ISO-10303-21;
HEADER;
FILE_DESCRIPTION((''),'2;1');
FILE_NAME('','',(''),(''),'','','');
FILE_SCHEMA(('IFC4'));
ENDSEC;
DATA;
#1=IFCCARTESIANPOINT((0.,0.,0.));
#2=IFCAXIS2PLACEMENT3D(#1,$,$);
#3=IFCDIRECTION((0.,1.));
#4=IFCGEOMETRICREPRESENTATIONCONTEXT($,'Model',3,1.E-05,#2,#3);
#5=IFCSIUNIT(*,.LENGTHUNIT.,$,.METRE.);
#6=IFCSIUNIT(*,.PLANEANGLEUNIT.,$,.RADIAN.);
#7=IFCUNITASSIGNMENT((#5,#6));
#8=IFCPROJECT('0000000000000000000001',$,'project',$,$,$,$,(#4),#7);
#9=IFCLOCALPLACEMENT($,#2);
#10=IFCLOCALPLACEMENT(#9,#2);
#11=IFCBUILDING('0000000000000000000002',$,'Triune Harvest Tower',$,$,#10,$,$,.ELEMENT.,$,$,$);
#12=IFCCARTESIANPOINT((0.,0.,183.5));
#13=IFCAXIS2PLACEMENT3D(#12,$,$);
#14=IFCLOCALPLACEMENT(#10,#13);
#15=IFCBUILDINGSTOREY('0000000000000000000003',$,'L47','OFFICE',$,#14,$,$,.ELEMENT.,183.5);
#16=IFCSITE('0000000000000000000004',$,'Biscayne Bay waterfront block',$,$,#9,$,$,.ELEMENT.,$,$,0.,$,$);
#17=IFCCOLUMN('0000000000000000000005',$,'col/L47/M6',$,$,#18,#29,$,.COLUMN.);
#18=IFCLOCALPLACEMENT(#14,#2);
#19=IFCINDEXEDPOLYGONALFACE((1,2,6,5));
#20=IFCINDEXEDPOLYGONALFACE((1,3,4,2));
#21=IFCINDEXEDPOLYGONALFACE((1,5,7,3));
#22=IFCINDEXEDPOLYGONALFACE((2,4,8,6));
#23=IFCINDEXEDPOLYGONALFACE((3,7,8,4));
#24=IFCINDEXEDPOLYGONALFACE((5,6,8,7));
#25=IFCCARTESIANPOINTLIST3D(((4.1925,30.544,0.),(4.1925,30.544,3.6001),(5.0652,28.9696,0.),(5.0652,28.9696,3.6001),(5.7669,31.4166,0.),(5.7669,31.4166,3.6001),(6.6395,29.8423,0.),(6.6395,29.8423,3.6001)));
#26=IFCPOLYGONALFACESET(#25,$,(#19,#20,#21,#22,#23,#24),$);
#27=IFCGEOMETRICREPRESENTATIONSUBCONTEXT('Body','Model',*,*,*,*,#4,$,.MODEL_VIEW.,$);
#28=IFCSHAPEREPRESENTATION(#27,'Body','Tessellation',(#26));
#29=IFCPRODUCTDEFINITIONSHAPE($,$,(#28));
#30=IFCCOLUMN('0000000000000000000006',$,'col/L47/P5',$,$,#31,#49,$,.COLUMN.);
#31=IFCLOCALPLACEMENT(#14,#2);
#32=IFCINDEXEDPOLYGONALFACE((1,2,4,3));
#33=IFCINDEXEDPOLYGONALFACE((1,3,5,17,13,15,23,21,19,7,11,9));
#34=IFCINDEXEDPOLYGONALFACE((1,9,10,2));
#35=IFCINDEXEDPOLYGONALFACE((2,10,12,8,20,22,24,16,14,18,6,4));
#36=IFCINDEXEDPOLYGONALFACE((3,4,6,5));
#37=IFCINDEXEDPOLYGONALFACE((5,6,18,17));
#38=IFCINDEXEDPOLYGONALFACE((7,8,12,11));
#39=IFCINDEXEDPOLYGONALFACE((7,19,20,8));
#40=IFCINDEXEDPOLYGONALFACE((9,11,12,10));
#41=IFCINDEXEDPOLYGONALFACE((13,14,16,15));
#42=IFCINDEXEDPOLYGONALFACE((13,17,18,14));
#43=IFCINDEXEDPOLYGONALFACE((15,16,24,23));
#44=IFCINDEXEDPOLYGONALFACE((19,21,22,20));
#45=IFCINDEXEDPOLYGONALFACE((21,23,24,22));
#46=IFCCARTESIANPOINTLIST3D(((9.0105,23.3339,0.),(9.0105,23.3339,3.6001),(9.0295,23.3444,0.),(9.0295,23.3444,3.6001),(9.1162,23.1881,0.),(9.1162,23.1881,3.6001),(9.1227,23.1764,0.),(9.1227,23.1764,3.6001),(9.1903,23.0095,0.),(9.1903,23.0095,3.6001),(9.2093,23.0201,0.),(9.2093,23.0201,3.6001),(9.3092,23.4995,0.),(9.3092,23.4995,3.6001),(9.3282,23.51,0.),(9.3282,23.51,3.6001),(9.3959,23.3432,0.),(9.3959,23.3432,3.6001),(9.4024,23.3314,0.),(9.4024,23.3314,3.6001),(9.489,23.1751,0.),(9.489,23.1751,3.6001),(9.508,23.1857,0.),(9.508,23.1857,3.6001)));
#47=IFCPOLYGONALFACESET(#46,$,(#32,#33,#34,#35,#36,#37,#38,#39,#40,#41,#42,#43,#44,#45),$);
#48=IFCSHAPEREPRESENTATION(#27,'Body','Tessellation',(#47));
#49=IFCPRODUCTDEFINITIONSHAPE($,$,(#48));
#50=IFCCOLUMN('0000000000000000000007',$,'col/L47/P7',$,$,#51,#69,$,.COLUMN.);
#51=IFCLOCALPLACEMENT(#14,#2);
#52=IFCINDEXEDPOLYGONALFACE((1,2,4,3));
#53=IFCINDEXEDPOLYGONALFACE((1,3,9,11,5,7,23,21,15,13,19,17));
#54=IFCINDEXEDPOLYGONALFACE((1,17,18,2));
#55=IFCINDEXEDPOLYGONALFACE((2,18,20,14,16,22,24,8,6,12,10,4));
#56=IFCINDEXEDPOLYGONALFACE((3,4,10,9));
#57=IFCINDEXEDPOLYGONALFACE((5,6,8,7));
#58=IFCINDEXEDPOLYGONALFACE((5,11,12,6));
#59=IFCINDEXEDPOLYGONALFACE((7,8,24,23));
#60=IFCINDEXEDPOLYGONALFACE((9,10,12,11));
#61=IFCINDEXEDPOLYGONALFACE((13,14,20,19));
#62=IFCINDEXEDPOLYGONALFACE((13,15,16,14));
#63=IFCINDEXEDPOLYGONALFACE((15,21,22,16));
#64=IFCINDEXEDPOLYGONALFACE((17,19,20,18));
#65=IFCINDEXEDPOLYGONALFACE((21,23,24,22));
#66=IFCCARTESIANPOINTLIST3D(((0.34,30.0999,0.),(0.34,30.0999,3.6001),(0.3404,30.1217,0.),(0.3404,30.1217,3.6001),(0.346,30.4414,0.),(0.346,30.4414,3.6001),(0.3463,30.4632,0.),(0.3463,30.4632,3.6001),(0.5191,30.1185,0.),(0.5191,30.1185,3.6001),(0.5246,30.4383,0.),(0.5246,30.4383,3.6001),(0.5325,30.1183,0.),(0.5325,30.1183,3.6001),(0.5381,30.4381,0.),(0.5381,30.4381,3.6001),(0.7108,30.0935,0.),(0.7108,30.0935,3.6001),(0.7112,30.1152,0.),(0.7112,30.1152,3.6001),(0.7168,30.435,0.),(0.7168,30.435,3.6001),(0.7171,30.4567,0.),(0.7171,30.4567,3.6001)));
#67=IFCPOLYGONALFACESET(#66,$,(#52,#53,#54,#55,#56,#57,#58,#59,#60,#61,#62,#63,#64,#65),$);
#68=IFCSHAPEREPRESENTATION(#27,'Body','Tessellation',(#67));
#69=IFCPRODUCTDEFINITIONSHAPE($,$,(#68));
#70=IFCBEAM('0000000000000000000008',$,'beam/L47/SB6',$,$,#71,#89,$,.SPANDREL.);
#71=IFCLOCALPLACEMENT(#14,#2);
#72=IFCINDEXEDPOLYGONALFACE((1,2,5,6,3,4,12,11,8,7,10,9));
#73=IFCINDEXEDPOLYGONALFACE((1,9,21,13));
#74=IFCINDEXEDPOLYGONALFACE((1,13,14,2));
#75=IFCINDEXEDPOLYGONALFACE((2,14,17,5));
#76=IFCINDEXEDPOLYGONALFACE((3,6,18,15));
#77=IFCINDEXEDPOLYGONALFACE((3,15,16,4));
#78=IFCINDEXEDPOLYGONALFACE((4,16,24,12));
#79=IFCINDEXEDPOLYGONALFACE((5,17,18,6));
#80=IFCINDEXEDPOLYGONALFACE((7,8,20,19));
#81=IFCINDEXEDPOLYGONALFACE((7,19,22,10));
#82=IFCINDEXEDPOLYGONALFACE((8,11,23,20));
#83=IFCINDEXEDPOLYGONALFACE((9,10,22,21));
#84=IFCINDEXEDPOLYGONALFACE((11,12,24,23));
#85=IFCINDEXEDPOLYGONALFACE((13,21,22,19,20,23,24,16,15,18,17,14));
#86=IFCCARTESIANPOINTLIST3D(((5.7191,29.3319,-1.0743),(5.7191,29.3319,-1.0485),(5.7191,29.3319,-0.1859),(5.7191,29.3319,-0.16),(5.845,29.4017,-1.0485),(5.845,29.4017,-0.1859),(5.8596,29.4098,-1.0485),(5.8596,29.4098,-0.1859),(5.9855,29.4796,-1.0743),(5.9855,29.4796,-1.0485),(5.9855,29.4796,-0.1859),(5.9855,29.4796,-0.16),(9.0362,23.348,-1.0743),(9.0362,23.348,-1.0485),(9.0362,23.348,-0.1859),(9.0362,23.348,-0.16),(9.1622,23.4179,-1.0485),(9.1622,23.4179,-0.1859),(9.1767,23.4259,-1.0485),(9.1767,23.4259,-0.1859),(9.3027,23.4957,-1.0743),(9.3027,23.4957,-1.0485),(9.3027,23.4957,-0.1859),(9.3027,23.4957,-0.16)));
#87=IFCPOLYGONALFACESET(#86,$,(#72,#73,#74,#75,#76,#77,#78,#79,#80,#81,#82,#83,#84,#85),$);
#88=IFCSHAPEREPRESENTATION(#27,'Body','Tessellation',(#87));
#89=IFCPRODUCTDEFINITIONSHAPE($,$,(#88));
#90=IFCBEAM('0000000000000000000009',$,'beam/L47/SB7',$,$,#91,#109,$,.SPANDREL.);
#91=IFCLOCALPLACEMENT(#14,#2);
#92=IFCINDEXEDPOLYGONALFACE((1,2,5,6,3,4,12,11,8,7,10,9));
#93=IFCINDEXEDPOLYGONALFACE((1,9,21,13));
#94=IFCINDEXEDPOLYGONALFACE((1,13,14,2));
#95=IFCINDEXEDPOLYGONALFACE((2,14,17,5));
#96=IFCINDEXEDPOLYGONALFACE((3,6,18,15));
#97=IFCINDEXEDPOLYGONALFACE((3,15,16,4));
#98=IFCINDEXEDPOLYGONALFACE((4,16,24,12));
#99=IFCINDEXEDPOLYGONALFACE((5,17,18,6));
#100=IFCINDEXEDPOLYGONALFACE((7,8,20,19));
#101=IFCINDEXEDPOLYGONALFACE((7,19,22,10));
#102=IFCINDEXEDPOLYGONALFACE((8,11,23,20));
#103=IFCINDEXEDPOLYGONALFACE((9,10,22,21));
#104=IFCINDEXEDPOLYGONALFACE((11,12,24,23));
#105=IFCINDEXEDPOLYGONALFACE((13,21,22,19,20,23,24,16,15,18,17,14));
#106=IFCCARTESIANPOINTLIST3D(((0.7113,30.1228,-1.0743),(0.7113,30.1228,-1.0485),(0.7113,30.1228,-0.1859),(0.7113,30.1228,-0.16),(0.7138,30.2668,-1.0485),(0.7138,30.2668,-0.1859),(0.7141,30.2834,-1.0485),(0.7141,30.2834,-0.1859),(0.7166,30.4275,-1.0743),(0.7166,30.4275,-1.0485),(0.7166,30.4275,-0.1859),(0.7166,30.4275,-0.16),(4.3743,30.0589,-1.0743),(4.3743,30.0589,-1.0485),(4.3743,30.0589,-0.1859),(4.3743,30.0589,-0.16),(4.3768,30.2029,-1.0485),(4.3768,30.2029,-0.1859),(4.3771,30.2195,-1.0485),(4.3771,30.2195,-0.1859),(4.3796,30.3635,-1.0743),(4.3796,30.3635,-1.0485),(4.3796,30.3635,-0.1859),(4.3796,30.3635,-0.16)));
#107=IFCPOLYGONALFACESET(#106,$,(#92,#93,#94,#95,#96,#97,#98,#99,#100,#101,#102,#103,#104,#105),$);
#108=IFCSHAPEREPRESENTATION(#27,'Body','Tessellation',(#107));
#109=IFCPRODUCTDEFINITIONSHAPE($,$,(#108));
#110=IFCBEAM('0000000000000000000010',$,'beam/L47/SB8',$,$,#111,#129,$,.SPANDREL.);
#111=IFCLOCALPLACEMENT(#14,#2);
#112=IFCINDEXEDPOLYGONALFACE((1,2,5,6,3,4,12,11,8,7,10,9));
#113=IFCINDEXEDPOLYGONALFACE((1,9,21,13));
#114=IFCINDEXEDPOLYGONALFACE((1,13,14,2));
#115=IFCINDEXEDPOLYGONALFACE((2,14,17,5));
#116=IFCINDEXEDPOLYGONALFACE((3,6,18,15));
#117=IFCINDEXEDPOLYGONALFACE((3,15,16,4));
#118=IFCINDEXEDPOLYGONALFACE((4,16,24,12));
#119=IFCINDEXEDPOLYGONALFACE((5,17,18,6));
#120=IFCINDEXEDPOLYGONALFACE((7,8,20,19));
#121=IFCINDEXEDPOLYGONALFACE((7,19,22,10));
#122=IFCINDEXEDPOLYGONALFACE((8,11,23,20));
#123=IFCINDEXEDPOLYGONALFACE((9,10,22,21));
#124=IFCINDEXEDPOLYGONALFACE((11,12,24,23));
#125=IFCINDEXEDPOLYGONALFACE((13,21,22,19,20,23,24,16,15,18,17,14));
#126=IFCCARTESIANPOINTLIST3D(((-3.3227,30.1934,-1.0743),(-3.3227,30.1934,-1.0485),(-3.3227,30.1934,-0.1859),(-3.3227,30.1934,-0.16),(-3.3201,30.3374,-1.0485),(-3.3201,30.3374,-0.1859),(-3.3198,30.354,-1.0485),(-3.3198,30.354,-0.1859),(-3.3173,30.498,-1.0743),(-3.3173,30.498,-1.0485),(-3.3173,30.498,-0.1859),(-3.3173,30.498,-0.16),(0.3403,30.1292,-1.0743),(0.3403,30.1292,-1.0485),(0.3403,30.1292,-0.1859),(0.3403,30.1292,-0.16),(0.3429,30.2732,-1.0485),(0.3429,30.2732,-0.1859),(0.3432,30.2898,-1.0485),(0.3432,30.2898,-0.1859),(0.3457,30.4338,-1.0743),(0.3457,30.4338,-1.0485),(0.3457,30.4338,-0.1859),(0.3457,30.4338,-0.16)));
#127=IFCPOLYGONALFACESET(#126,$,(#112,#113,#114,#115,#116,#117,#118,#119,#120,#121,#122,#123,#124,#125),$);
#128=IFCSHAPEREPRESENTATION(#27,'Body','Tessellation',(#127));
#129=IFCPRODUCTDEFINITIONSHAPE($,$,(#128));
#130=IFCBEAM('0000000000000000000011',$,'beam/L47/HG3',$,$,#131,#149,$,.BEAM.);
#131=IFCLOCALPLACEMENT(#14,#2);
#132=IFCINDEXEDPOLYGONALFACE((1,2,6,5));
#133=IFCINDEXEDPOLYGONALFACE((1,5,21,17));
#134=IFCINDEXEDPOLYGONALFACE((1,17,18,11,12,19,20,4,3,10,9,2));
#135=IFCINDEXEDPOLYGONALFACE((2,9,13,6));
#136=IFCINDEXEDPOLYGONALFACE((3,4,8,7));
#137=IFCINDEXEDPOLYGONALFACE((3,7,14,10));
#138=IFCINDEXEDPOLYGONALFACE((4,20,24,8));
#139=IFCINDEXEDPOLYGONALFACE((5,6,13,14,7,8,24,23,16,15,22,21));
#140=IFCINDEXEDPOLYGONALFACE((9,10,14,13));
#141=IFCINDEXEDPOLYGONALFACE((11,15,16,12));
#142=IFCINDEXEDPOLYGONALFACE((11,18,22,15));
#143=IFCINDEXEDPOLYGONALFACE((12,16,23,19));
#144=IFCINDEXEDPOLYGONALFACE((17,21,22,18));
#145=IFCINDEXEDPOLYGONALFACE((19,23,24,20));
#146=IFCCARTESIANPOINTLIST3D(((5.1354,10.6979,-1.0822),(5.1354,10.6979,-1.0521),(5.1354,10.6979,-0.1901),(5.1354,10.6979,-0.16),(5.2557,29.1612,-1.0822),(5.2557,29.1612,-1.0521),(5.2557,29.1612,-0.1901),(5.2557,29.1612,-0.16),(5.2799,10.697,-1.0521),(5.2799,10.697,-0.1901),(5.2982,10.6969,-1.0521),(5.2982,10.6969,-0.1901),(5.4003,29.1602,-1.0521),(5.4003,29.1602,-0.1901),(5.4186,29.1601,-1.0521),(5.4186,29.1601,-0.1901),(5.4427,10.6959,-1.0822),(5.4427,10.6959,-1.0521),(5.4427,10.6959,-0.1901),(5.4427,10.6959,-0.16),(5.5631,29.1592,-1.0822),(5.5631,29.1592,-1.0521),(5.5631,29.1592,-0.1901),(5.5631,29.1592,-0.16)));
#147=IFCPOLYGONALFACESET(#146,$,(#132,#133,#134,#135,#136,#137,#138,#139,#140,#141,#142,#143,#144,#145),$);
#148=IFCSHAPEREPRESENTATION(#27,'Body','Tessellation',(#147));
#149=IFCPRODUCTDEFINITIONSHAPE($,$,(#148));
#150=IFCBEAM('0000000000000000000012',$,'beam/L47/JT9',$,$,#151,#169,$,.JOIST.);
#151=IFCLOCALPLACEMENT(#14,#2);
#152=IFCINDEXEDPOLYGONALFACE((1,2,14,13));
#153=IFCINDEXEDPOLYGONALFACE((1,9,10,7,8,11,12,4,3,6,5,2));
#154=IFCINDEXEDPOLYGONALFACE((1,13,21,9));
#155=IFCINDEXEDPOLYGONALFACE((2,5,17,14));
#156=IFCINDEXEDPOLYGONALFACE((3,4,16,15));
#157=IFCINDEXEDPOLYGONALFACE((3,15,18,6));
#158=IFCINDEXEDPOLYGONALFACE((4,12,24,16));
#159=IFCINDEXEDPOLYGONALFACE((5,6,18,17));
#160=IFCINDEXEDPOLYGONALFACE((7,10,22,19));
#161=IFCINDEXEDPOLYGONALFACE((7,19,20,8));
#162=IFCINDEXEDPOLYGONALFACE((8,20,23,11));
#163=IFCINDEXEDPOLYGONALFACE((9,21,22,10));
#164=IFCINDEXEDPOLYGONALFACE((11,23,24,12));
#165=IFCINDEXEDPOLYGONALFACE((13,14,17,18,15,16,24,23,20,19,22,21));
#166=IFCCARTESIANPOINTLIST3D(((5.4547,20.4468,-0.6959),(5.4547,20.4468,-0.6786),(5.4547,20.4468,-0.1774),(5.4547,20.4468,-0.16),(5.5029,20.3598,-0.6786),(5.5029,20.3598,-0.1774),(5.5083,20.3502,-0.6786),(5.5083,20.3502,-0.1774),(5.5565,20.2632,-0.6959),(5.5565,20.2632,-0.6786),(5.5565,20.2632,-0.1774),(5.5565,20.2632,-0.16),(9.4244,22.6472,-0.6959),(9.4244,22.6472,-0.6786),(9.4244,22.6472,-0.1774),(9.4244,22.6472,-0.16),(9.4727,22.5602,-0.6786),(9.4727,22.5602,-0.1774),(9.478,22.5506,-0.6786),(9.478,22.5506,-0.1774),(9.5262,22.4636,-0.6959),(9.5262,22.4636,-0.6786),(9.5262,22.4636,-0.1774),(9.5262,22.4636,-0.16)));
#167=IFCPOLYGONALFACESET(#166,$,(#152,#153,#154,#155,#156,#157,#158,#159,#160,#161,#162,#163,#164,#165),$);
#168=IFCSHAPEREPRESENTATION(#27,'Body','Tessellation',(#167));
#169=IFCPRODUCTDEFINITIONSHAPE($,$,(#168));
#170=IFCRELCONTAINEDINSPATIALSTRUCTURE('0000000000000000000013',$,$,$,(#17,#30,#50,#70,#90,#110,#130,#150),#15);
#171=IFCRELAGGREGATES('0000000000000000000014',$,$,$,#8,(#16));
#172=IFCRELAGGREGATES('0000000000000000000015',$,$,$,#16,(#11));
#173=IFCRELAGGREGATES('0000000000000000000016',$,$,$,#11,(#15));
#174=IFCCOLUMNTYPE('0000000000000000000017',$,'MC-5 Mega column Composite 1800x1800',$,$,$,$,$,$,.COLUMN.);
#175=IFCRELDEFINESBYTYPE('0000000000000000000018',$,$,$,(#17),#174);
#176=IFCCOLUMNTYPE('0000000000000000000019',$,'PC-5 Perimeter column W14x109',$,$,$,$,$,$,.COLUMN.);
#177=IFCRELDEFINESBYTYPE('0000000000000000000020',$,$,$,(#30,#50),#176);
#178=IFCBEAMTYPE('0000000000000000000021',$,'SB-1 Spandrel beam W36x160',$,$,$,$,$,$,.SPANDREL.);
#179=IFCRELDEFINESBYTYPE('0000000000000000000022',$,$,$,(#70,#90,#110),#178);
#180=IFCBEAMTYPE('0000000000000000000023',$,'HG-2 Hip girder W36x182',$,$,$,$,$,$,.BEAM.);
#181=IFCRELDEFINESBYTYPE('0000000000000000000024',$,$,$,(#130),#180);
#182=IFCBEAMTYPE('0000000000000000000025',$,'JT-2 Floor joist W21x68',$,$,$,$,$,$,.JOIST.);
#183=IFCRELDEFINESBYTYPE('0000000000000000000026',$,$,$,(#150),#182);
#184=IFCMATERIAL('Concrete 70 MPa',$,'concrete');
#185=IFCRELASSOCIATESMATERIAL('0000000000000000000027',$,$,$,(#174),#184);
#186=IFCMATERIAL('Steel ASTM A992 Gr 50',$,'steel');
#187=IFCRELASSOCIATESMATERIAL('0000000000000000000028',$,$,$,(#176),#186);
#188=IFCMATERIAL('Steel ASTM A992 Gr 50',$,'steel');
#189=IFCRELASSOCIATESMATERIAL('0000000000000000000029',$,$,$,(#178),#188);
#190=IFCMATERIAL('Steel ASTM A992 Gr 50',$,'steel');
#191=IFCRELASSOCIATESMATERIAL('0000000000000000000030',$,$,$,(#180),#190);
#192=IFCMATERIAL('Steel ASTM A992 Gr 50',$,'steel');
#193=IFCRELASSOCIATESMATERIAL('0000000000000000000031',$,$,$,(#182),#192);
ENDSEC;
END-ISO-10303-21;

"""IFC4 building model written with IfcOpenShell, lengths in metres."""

from ifc_helpers import new_model, si_unit, direction, frame, origin, origin_2d, place, context, subcontext, project, spatial, rectangle, i_section, extrude, source, transform, mapped, material, material_profile, profile_set, type_object, element, save


model = new_model("IFC4")

# Units and contexts
model_context = context("Model", 3, precision=1e-05, world=origin(), true_north=direction((0.0, 1.0)))
body_context = subcontext(model_context, "Body", "Model", "MODEL_VIEW")
ifc_project = project(units=[si_unit("LENGTHUNIT", "METRE"), si_unit("PLANEANGLEUNIT", "RADIAN")], contexts=[model_context])

# Site, building, storey
site_placement = place(None, origin())
site = spatial("IfcSite", under=ifc_project, at=site_placement, Name="Biscayne Bay waterfront block", CompositionType="ELEMENT", RefElevation=0.0)
building_placement = place(site_placement, origin())
building = spatial("IfcBuilding", under=site, at=building_placement, Name="Triune Harvest Tower", CompositionType="ELEMENT")
storey_placement = place(building_placement, frame((0.0, 0.0, 183.5)))
storey = spatial("IfcBuildingStorey", under=building, at=storey_placement, Name="L47", Description="OFFICE", CompositionType="ELEMENT", Elevation=183.5)

# Columns
ifc_material_1 = material(Name="Concrete 70 MPa", Category="concrete")
ifc_material_profile_1 = material_profile(ifc_material_1, rectangle(XDim=1.8, YDim=1.8, at=origin_2d()), Name="Composite 1800x1800")
ifc_profile_set_1 = profile_set([ifc_material_profile_1], Name="Concrete 70 MPa")
column_type_1 = type_object("IfcColumnType", Name="MC-5 Mega column Composite 1800x1800", PredefinedType="COLUMN", material=ifc_profile_set_1)
shared_shape_1 = source(origin(), body_context, "Body", "SweptSolid", [
    extrude(rectangle(XDim=1.8, YDim=1.8, at=origin_2d()), origin(), (0.0, 0.0, 1.0), 3.6001),
])
column_placement = place(storey_placement, frame((5.416, 30.1931, 0.0), z_axis=(0.0, 0.0, 1.0), x_axis=(-0.48481, 0.87462, 0.0)))
element("IfcColumn", 1, at=column_placement, inside=storey, type_object=column_type_1, Name="col/L47/M6", PredefinedType="COLUMN", context=body_context, shape_type="MappedRepresentation", body=[
    mapped(shared_shape_1, transform((0.0, 0.0, 0.0), scale=1.0)),
])
ifc_material_2 = material(Name="Steel ASTM A992 Gr 50", Category="steel")
ifc_material_profile_2 = material_profile(ifc_material_2, i_section(OverallWidth=0.3708, OverallDepth=0.3633, WebThickness=0.0134, FlangeThickness=0.0217, at=origin_2d()), Name="W14x109")
ifc_profile_set_2 = profile_set([ifc_material_profile_2], Name="Steel ASTM A992 Gr 50")
column_type_2 = type_object("IfcColumnType", Name="PC-5 Perimeter column W14x109", PredefinedType="COLUMN", material=ifc_profile_set_2)
shared_shape_2 = source(origin(), body_context, "Body", "SweptSolid", [
    extrude(i_section(OverallWidth=0.3708, OverallDepth=0.3633, WebThickness=0.0134, FlangeThickness=0.0217, at=origin_2d()), origin(), (0.0, 0.0, 1.0), 3.6001),
])
for number, where, z_axis, x_axis, name in (
    (2, (9.2593, 23.2598, 0.0), (0.0, 0.0, 1.0), (-0.48481, 0.87462, 0.0), "col/L47/P5"),
    (3, (0.5286, 30.2783, 0.0), (0.0, 0.0, 1.0), (-0.999848, 0.017451, 0.0), "col/L47/P7"),
):
    element("IfcColumn", number, at=place(storey_placement, frame(where, z_axis=z_axis, x_axis=x_axis)), inside=storey, type_object=column_type_2, Name=name, PredefinedType="COLUMN", context=body_context, shape_type="MappedRepresentation", body=[
        mapped(shared_shape_2, transform((0.0, 0.0, 0.0), scale=1.0)),
    ])

# Beams
ifc_material_3 = material(Name="Steel ASTM A992 Gr 50", Category="steel")
ifc_material_profile_3 = material_profile(ifc_material_3, i_section(OverallWidth=0.3047, OverallDepth=0.9143, WebThickness=0.0166, FlangeThickness=0.0259, at=origin_2d()), Name="W36x160")
ifc_profile_set_3 = profile_set([ifc_material_profile_3], Name="Steel ASTM A992 Gr 50")
beam_type_1 = type_object("IfcBeamType", Name="SB-1 Spandrel beam W36x160", PredefinedType="SPANDREL", material=ifc_profile_set_3)
shared_shape_3 = source(origin(), body_context, "Body", "SweptSolid", [
    extrude(i_section(OverallWidth=0.3047, OverallDepth=0.9143, WebThickness=0.0166, FlangeThickness=0.0259, at=origin_2d()), origin(), (0.0, 0.0, 1.0), 6.8418),
])
beam_1_placement = place(storey_placement, frame((9.1694, 23.4219, -0.6172), z_axis=(-0.484834, 0.874606, 0.0), x_axis=(-0.874606, -0.484834, 0.0)))
element("IfcBeam", 4, at=beam_1_placement, inside=storey, type_object=beam_type_1, Name="beam/L47/SB6", PredefinedType="SPANDREL", context=body_context, shape_type="MappedRepresentation", body=[
    mapped(shared_shape_3, transform((0.0, 0.0, 0.0), scale=1.0)),
])
shared_shape_4 = source(origin(), body_context, "Body", "SweptSolid", [
    extrude(i_section(OverallWidth=0.3047, OverallDepth=0.9143, WebThickness=0.0166, FlangeThickness=0.0259, at=origin_2d()), origin(), (0.0, 0.0, 1.0), 3.6636),
])
for number, where, z_axis, x_axis, name in (
    (5, (4.377, 30.2112, -0.6172), (-0.999848, 0.017459, 0.0), (-0.017459, -0.999848, 0.0), "beam/L47/SB7"),
    (6, (0.343, 30.2815, -0.6172), (-0.999846, 0.017526, 0.0), (-0.017526, -0.999846, 0.0), "beam/L47/SB8"),
):
    element("IfcBeam", number, at=place(storey_placement, frame(where, z_axis=z_axis, x_axis=x_axis)), inside=storey, type_object=beam_type_1, Name=name, PredefinedType="SPANDREL", context=body_context, shape_type="MappedRepresentation", body=[
        mapped(shared_shape_4, transform((0.0, 0.0, 0.0), scale=1.0)),
    ])
ifc_material_4 = material(Name="Steel ASTM A992 Gr 50", Category="steel")
ifc_material_profile_4 = material_profile(ifc_material_4, i_section(OverallWidth=0.3074, OverallDepth=0.9221, WebThickness=0.0183, FlangeThickness=0.03, at=origin_2d()), Name="W36x182")
ifc_profile_set_4 = profile_set([ifc_material_profile_4], Name="Steel ASTM A992 Gr 50")
beam_type_2 = type_object("IfcBeamType", Name="HG-2 Hip girder W36x182", PredefinedType="BEAM", material=ifc_profile_set_4)
shared_shape_5 = source(origin(), body_context, "Body", "SweptSolid", [
    extrude(i_section(OverallWidth=0.3074, OverallDepth=0.9221, WebThickness=0.0183, FlangeThickness=0.03, at=origin_2d()), origin(), (0.0, 0.0, 1.0), 18.4636),
])
beam_2_placement = place(storey_placement, frame((5.4094, 29.1602, -0.6211), z_axis=(-0.006519, -0.999979, 0.0), x_axis=(0.999979, -0.006519, 0.0)))
element("IfcBeam", 7, at=beam_2_placement, inside=storey, type_object=beam_type_2, Name="beam/L47/HG3", PredefinedType="BEAM", context=body_context, shape_type="MappedRepresentation", body=[
    mapped(shared_shape_5, transform((0.0, 0.0, 0.0), scale=1.0)),
])
ifc_material_5 = material(Name="Steel ASTM A992 Gr 50", Category="steel")
ifc_material_profile_5 = material_profile(ifc_material_5, i_section(OverallWidth=0.21, OverallDepth=0.5359, WebThickness=0.011, FlangeThickness=0.0173, at=origin_2d()), Name="W21x68")
ifc_profile_set_5 = profile_set([ifc_material_profile_5], Name="Steel ASTM A992 Gr 50")
beam_type_3 = type_object("IfcBeamType", Name="JT-2 Floor joist W21x68", PredefinedType="JOIST", material=ifc_profile_set_5)
shared_shape_6 = source(origin(), body_context, "Body", "SweptSolid", [
    extrude(i_section(OverallWidth=0.21, OverallDepth=0.5359, WebThickness=0.011, FlangeThickness=0.0173, at=origin_2d()), origin(), (0.0, 0.0, 1.0), 4.5388),
])
beam_3_placement = place(storey_placement, frame((9.4753, 22.5554, -0.428), z_axis=(-0.874621, -0.484807, 0.0), x_axis=(0.484807, -0.874621, 0.0)))
element("IfcBeam", 8, at=beam_3_placement, inside=storey, type_object=beam_type_3, Name="beam/L47/JT9", PredefinedType="JOIST", context=body_context, shape_type="MappedRepresentation", body=[
    mapped(shared_shape_6, transform((0.0, 0.0, 0.0), scale=1.0)),
])

save(model, "model.ifc")
